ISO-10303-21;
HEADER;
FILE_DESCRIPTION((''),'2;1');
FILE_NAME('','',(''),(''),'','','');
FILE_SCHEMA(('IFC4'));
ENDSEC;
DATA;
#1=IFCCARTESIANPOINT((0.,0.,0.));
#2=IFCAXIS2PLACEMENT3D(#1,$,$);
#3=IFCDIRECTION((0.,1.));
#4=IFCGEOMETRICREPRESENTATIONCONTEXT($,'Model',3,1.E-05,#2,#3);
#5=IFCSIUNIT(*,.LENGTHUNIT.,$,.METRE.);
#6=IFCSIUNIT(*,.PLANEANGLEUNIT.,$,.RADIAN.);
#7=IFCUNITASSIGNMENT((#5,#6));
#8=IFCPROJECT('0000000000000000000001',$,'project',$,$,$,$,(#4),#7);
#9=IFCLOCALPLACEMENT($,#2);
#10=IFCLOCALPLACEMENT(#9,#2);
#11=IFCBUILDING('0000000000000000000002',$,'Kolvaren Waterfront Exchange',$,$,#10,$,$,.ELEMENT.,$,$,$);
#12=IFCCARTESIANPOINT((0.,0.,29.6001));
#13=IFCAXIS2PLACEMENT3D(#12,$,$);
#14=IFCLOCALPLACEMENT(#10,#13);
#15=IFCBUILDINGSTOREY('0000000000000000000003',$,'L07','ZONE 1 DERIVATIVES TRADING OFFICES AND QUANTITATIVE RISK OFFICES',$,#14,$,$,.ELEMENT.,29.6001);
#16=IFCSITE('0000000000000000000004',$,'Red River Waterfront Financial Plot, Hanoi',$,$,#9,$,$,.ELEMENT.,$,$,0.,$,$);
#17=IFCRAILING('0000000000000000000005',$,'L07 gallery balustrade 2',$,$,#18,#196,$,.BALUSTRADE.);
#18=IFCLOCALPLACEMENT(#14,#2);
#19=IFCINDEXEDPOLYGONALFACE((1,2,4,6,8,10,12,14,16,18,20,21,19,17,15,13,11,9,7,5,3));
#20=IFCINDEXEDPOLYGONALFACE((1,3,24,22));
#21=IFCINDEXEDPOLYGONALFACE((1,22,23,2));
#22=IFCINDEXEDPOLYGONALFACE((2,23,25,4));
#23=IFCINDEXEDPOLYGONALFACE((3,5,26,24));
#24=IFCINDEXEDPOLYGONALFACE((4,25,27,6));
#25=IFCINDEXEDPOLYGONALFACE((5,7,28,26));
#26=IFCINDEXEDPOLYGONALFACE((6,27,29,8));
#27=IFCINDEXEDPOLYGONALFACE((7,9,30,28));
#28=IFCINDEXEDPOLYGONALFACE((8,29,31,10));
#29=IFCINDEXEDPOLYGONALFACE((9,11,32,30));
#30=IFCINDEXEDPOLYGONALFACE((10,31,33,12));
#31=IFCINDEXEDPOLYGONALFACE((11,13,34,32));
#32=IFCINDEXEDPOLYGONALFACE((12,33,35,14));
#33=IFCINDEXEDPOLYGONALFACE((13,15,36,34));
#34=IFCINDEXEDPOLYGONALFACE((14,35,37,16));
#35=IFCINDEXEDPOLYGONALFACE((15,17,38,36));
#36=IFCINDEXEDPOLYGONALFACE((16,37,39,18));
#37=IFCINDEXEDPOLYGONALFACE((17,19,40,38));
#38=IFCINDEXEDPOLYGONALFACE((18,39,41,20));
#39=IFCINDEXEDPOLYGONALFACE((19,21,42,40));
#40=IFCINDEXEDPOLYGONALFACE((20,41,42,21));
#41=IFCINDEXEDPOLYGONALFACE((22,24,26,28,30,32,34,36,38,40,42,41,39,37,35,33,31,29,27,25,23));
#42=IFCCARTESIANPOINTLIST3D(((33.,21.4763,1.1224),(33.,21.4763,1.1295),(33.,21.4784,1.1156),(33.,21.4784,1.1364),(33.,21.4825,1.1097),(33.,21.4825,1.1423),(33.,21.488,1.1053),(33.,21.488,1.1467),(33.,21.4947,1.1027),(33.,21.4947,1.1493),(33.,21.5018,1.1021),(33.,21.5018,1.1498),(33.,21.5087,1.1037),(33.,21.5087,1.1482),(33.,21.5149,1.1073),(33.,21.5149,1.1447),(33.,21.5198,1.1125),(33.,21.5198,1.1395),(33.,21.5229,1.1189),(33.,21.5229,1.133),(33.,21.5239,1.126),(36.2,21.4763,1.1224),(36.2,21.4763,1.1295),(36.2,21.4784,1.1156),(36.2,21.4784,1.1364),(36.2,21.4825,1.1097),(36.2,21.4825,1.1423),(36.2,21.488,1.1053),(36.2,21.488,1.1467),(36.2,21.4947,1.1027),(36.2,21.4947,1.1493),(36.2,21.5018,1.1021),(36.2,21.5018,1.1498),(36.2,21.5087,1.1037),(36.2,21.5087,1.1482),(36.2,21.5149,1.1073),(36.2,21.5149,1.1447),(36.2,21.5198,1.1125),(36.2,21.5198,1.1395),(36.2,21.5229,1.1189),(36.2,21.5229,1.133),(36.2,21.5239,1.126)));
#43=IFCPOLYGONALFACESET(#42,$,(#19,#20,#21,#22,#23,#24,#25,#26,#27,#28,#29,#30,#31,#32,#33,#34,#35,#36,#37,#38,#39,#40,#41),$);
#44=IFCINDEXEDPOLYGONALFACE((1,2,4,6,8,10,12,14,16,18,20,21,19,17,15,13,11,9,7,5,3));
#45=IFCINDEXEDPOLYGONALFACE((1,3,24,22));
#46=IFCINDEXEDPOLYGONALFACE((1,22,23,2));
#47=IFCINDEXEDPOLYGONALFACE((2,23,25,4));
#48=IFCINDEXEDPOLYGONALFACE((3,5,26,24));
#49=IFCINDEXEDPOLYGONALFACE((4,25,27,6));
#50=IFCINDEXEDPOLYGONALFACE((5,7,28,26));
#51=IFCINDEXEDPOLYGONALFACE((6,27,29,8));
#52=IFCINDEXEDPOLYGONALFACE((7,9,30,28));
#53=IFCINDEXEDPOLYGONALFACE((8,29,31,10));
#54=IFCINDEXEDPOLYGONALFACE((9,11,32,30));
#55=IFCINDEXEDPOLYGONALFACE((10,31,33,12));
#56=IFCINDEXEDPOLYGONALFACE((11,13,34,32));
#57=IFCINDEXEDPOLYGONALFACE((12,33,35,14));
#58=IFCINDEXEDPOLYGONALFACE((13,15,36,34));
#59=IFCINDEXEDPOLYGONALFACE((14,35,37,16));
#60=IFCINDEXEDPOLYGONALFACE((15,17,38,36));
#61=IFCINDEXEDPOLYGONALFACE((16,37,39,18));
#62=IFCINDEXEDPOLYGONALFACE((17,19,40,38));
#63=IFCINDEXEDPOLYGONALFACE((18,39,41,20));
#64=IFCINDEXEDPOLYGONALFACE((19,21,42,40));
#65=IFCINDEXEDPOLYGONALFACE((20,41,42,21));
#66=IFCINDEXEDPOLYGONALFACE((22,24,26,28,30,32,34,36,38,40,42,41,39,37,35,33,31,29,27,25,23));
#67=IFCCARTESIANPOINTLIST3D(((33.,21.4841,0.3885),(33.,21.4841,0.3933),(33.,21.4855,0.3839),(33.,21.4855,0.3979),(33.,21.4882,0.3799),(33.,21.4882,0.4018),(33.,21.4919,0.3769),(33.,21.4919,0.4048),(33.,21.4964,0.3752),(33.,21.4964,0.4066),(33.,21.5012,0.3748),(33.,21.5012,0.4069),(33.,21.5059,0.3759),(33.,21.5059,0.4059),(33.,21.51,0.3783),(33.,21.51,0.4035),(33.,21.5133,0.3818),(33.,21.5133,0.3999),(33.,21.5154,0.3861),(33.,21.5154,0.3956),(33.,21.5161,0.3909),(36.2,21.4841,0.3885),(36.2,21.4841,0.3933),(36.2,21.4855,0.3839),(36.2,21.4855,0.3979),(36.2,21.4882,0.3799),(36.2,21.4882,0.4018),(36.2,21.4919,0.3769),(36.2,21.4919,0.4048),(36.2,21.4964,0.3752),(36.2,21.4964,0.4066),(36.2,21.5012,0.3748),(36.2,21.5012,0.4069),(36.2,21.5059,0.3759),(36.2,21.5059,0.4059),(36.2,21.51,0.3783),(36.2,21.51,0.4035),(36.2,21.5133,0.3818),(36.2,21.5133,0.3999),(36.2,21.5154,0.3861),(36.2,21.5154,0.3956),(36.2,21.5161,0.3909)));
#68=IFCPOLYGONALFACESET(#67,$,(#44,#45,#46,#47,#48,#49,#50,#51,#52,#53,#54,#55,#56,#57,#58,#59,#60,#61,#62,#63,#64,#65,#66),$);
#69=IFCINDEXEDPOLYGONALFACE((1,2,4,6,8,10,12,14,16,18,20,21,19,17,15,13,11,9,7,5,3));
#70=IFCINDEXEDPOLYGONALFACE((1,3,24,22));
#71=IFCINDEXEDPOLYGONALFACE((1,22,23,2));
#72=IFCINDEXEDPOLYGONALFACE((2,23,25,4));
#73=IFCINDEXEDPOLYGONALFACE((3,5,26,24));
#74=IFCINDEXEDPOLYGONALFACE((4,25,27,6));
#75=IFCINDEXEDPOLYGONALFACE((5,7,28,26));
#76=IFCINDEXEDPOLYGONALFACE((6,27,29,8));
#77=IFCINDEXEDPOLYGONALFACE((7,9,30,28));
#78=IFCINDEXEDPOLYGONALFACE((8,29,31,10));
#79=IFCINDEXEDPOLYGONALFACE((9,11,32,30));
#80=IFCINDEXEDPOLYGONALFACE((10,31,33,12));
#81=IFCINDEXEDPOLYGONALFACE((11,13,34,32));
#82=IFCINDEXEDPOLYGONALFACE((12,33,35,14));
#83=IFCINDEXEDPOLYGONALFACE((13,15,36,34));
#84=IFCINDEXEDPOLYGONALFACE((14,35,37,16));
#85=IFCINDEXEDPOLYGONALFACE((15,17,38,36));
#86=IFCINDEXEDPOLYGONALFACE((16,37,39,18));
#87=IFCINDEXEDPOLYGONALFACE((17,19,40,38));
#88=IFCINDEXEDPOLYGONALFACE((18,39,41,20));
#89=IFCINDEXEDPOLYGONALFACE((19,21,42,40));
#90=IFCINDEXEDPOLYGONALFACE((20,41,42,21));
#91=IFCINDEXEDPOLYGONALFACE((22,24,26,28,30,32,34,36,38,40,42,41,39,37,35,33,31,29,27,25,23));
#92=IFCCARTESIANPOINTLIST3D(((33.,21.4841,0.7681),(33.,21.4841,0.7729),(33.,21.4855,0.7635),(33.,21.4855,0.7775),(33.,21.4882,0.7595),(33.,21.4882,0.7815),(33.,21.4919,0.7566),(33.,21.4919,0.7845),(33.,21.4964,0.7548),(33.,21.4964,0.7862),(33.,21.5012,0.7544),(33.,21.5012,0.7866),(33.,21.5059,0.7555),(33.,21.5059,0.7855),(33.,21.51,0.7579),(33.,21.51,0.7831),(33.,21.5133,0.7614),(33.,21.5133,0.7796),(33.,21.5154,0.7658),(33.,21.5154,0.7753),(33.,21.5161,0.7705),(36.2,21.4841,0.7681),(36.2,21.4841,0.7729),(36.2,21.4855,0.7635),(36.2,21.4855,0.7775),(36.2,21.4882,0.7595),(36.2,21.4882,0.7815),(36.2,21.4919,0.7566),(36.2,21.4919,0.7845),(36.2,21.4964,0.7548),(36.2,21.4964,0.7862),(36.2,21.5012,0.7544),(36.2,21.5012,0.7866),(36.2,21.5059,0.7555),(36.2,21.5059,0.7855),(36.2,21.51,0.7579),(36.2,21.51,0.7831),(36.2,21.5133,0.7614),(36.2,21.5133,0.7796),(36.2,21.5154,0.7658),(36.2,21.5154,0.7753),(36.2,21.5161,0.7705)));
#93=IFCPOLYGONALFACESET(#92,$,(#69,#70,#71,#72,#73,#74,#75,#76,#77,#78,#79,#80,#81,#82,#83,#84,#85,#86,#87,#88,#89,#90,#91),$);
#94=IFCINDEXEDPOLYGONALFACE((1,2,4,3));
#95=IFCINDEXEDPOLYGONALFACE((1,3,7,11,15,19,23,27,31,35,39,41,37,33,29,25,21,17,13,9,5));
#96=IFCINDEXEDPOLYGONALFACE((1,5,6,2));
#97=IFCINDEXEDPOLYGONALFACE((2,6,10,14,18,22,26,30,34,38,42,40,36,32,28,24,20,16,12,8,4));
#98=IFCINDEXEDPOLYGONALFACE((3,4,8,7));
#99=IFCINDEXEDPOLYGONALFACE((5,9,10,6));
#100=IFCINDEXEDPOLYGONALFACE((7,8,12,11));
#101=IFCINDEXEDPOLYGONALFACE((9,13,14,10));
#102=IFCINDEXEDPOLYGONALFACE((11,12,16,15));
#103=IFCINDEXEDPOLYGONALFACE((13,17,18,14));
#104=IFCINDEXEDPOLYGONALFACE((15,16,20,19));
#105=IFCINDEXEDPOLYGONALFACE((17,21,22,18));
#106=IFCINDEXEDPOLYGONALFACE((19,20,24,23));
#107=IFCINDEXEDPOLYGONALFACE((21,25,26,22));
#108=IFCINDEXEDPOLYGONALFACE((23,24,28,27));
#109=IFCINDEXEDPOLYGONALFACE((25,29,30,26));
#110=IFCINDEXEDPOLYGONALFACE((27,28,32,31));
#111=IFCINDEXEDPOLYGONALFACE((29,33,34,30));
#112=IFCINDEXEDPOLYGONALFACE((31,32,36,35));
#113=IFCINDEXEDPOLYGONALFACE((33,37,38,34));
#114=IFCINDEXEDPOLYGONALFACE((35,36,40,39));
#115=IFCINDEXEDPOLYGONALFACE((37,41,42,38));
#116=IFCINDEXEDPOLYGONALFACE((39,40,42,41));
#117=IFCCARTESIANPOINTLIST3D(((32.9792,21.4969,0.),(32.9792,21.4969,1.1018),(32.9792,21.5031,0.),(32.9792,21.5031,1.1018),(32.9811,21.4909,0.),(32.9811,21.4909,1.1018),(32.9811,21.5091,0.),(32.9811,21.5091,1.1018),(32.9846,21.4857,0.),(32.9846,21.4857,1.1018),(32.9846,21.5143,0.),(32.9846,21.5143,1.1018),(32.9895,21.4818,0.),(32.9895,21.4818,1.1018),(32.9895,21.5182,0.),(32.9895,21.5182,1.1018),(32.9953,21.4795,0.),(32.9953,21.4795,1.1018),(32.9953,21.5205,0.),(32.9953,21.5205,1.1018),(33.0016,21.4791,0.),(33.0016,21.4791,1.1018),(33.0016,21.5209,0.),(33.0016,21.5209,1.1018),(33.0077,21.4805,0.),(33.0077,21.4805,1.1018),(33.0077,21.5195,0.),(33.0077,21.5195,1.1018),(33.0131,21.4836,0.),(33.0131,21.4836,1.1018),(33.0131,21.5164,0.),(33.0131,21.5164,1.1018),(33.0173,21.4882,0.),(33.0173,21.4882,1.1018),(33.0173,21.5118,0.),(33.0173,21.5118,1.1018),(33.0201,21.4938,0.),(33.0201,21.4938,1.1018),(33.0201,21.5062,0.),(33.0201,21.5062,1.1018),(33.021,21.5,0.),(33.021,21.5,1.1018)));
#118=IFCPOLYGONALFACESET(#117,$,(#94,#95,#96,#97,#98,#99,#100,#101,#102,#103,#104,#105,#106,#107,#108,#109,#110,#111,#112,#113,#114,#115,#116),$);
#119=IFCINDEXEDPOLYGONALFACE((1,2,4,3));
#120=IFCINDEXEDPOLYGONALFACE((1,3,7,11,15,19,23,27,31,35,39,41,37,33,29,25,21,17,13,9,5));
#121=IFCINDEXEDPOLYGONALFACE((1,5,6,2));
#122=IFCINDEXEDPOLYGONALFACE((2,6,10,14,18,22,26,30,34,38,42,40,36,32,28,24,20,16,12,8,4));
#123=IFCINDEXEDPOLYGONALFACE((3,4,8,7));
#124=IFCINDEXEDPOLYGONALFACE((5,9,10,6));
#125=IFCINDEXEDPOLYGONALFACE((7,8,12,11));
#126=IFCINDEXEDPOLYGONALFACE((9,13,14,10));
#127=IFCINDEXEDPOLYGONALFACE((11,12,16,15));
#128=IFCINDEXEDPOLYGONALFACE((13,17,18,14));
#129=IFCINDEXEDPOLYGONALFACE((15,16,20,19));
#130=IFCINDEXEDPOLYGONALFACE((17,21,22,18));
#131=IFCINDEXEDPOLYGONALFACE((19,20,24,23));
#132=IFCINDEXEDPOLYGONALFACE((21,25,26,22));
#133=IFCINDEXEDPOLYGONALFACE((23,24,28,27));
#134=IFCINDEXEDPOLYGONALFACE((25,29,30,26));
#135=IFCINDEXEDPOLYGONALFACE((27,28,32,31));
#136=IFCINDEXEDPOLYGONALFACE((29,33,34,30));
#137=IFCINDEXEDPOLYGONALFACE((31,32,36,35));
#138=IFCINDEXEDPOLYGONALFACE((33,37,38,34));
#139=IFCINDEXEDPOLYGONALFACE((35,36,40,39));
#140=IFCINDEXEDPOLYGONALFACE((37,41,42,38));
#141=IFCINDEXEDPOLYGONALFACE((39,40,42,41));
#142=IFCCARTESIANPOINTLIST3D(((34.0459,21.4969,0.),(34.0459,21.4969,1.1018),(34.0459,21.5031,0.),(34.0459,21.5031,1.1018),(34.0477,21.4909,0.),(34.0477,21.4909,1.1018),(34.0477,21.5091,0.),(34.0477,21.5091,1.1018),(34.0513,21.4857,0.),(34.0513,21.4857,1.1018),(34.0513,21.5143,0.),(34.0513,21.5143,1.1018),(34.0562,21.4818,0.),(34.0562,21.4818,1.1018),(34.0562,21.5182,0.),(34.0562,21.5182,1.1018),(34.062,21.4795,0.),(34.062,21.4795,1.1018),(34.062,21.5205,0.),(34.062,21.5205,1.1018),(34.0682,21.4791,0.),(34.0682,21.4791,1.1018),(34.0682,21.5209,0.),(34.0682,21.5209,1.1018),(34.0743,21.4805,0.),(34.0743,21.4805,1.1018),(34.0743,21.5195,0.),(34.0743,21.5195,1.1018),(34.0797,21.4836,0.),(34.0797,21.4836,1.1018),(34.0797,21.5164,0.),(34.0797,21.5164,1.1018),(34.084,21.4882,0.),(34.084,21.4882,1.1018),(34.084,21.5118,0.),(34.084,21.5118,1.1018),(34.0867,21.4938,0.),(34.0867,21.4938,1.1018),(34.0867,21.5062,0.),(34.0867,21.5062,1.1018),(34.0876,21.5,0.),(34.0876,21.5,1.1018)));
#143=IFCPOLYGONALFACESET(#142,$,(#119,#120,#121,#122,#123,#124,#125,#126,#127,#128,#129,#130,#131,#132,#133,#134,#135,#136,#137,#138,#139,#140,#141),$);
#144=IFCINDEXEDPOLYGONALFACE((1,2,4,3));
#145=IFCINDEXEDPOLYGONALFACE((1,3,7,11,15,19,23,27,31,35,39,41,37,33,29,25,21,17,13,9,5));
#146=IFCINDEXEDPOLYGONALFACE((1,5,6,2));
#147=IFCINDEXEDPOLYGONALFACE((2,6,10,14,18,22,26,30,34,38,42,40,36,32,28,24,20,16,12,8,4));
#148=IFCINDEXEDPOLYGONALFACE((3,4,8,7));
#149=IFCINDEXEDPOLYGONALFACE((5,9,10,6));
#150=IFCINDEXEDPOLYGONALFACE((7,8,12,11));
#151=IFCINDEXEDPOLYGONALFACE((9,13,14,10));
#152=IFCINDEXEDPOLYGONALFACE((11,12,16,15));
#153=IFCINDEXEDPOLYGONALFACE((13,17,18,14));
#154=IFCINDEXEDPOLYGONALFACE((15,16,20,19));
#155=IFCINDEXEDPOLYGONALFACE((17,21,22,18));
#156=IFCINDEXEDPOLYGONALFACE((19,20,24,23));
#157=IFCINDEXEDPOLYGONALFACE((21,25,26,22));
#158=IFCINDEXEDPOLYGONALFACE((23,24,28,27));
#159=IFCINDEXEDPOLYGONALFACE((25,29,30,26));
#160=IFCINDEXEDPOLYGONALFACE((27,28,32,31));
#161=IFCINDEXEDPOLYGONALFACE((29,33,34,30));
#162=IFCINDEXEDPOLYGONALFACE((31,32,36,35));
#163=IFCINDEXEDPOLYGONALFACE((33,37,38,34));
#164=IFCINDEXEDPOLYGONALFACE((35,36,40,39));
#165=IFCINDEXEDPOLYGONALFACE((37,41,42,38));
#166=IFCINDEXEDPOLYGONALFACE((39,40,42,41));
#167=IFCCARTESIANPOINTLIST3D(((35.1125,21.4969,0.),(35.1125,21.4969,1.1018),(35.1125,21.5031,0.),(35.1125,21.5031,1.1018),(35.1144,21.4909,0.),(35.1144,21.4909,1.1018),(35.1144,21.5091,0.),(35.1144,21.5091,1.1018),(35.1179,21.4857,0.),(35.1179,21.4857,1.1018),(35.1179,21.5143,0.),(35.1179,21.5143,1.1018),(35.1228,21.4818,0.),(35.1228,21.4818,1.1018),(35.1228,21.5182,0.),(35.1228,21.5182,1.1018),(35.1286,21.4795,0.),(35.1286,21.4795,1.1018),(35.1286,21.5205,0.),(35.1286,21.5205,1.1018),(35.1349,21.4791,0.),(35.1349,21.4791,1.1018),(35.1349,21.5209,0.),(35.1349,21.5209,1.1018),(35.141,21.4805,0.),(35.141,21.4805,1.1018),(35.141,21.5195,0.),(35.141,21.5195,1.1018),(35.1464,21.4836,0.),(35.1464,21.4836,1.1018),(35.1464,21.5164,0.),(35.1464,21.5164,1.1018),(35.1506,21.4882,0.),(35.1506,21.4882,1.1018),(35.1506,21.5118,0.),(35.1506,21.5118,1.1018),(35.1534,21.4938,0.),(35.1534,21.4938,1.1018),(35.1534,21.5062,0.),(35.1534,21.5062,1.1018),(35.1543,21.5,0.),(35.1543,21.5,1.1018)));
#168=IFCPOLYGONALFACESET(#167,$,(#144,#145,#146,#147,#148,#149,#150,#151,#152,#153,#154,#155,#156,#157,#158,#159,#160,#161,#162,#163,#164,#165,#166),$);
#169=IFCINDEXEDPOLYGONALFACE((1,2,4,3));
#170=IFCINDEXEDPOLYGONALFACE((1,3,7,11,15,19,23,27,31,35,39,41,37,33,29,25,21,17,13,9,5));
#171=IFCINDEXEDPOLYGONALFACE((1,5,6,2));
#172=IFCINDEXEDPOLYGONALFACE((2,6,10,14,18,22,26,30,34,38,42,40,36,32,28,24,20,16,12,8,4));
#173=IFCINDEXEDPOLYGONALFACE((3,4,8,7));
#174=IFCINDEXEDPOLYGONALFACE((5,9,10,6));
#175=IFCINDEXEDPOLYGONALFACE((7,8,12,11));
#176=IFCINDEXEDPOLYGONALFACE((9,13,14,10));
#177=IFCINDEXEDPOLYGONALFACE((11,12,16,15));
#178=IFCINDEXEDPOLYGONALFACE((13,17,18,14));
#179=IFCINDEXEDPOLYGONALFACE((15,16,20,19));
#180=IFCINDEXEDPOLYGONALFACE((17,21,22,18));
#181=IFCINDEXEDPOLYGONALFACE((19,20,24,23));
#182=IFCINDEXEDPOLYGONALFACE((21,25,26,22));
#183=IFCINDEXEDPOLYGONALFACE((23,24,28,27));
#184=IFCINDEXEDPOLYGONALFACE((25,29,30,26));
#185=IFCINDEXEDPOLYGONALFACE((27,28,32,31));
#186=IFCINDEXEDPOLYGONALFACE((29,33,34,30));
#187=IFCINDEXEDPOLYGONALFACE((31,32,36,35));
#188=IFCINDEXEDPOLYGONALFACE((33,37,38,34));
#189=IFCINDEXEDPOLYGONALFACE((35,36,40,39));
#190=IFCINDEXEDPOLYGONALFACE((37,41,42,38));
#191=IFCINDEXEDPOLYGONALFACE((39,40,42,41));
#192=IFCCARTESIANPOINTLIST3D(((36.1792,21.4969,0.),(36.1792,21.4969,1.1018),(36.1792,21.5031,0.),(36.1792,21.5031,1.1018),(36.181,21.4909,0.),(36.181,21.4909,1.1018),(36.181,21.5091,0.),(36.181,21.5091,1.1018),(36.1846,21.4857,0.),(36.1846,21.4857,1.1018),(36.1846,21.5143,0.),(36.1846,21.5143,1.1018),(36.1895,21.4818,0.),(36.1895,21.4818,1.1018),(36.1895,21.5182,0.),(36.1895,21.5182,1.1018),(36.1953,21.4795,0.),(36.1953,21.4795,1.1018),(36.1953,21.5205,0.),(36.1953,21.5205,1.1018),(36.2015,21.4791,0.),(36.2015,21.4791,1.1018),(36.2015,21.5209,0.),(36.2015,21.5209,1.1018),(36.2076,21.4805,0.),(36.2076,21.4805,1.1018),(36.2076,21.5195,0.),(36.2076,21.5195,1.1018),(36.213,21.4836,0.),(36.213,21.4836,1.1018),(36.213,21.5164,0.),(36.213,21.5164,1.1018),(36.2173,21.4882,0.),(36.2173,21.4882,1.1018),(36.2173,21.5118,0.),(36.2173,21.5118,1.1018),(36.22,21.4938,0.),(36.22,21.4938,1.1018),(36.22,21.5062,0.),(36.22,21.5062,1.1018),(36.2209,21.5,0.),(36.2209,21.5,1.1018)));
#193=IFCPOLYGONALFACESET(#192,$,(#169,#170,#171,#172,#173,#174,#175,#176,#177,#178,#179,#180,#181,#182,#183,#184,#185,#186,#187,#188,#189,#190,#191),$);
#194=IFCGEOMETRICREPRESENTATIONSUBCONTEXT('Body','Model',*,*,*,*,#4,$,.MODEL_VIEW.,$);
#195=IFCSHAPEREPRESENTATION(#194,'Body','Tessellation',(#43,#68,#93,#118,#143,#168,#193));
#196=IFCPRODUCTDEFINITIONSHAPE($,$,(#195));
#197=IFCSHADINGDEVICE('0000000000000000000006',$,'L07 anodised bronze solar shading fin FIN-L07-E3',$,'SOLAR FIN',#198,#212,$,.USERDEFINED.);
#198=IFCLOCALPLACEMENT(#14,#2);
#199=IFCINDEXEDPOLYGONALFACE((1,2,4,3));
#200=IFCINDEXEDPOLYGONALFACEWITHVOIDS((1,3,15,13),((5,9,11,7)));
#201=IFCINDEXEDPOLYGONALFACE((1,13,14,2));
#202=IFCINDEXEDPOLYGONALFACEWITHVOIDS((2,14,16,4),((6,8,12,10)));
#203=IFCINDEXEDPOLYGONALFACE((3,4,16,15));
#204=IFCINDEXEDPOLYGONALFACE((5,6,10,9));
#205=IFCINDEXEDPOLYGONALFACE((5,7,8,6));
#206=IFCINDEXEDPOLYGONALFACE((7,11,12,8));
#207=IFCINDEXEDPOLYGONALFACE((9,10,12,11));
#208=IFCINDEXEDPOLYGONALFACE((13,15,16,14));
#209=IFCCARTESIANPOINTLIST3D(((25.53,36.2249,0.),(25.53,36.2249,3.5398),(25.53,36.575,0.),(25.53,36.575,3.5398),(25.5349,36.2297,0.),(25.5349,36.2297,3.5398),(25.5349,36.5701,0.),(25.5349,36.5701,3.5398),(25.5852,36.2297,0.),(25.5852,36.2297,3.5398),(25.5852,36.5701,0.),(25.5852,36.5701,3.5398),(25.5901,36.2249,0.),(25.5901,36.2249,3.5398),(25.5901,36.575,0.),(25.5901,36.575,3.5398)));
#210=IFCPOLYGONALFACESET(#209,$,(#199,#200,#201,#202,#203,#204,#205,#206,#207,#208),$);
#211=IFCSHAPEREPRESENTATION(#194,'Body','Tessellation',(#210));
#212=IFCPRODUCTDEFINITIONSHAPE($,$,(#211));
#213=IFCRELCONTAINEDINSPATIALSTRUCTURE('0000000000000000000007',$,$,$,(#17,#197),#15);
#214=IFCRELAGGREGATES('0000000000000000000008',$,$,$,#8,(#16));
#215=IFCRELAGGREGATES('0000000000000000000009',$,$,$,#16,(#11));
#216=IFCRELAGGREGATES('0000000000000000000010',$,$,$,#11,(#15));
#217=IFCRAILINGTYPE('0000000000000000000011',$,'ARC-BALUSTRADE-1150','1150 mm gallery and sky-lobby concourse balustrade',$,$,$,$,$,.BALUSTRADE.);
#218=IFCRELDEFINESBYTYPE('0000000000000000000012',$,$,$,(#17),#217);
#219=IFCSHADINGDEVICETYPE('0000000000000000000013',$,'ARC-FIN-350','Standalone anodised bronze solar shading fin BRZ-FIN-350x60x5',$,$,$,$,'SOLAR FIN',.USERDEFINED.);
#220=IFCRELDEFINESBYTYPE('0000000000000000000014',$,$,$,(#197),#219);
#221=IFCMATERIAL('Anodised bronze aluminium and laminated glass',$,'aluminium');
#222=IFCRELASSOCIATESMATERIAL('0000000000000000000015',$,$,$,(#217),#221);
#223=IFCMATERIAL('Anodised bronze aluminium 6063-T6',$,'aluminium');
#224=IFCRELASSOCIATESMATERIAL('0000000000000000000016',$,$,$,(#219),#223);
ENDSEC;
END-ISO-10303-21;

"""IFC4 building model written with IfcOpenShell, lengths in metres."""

from ifc_helpers import new_model, si_unit, direction, frame, origin, origin_2d, place, context, subcontext, project, spatial, hollow_rectangle, circle, extrude, material, material_profile, profile_set, type_object, element, save


model = new_model("IFC4")

# Units and contexts
model_context = context("Model", 3, precision=1e-05, world=origin(), true_north=direction((0.0, 1.0)))
body_context = subcontext(model_context, "Body", "Model", "MODEL_VIEW")
ifc_project = project(units=[si_unit("LENGTHUNIT", "METRE"), si_unit("PLANEANGLEUNIT", "RADIAN")], contexts=[model_context])

# Site, building, storey
site_placement = place(None, origin())
site = spatial("IfcSite", under=ifc_project, at=site_placement, Name="Red River Waterfront Financial Plot, Hanoi", CompositionType="ELEMENT", RefElevation=0.0)
building_placement = place(site_placement, origin())
building = spatial("IfcBuilding", under=site, at=building_placement, Name="Kolvaren Waterfront Exchange", CompositionType="ELEMENT")
storey_placement = place(building_placement, frame((0.0, 0.0, 29.6001)))
storey = spatial("IfcBuildingStorey", under=building, at=storey_placement, Name="L07", Description="ZONE 1 DERIVATIVES TRADING OFFICES AND QUANTITATIVE RISK OFFICES", CompositionType="ELEMENT", Elevation=29.6001)

# Shared definitions
ifc_material_1 = material(Name="Anodised bronze aluminium 6063-T6", Category="aluminium")

# Railing
ifc_material_2 = material(Name="Anodised bronze aluminium and laminated glass", Category="aluminium")
railing_type = type_object("IfcRailingType", Name="ARC-BALUSTRADE-1150", Description="1150 mm gallery and sky-lobby concourse balustrade", PredefinedType="BALUSTRADE", material=ifc_material_2)
railing_placement = place(storey_placement, frame((33.0, 21.5, 0.0)))
element("IfcRailing", 1, at=railing_placement, inside=storey, type_object=railing_type, Name="L07 gallery balustrade 2", PredefinedType="BALUSTRADE", context=body_context, shape_type="SweptSolid", body=[
    extrude(circle(Radius=0.0239, at=origin_2d()), frame((0.0, 0.0, 1.126), z_axis=(1.0, 0.0, 0.0), x_axis=(0.0, 1.0, 0.0)), (0.0, 0.0, 1.0), 3.2),
    extrude(circle(Radius=0.0161, at=origin_2d()), frame((0.0, 0.0, 0.3909), z_axis=(1.0, 0.0, 0.0), x_axis=(0.0, 1.0, 0.0)), (0.0, 0.0, 1.0), 3.2),
    extrude(circle(Radius=0.0161, at=origin_2d()), frame((0.0, 0.0, 0.7705), z_axis=(1.0, 0.0, 0.0), x_axis=(0.0, 1.0, 0.0)), (0.0, 0.0, 1.0), 3.2),
    extrude(circle(Radius=0.021, at=origin_2d()), origin(), (0.0, 0.0, 1.0), 1.1018),
    extrude(circle(Radius=0.021, at=origin_2d()), frame((1.0667, 0.0, 0.0)), (0.0, 0.0, 1.0), 1.1018),
    extrude(circle(Radius=0.021, at=origin_2d()), frame((2.1333, 0.0, 0.0)), (0.0, 0.0, 1.0), 1.1018),
    extrude(circle(Radius=0.021, at=origin_2d()), frame((3.2, 0.0, 0.0)), (0.0, 0.0, 1.0), 1.1018),
])

# Shading device
ifc_material_profile_1 = material_profile(ifc_material_1, hollow_rectangle(XDim=0.0601, YDim=0.3501, WallThickness=0.0049, at=origin_2d()), Name="BRZ-FIN-350x60x5")
ifc_profile_set_1 = profile_set([ifc_material_profile_1], Name="Anodised bronze aluminium 6063-T6")
shading_device_type = type_object("IfcShadingDeviceType", Name="ARC-FIN-350", Description="Standalone anodised bronze solar shading fin BRZ-FIN-350x60x5", ElementType="SOLAR FIN", PredefinedType="USERDEFINED", material=ifc_profile_set_1)
shading_device_placement = place(storey_placement, frame((25.5601, 36.3999, 0.0), z_axis=(0.0, 0.0, 1.0), x_axis=(1.0, 0.0, 0.0)))
element("IfcShadingDevice", 2, at=shading_device_placement, inside=storey, type_object=shading_device_type, Name="L07 anodised bronze solar shading fin FIN-L07-E3", ObjectType="SOLAR FIN", PredefinedType="USERDEFINED", context=body_context, shape_type="SweptSolid", body=[
    extrude(hollow_rectangle(XDim=0.0601, YDim=0.3501, WallThickness=0.0049, at=origin_2d()), origin(), (0.0, 0.0, 1.0), 3.5398),
])

save(model, "model.ifc")
